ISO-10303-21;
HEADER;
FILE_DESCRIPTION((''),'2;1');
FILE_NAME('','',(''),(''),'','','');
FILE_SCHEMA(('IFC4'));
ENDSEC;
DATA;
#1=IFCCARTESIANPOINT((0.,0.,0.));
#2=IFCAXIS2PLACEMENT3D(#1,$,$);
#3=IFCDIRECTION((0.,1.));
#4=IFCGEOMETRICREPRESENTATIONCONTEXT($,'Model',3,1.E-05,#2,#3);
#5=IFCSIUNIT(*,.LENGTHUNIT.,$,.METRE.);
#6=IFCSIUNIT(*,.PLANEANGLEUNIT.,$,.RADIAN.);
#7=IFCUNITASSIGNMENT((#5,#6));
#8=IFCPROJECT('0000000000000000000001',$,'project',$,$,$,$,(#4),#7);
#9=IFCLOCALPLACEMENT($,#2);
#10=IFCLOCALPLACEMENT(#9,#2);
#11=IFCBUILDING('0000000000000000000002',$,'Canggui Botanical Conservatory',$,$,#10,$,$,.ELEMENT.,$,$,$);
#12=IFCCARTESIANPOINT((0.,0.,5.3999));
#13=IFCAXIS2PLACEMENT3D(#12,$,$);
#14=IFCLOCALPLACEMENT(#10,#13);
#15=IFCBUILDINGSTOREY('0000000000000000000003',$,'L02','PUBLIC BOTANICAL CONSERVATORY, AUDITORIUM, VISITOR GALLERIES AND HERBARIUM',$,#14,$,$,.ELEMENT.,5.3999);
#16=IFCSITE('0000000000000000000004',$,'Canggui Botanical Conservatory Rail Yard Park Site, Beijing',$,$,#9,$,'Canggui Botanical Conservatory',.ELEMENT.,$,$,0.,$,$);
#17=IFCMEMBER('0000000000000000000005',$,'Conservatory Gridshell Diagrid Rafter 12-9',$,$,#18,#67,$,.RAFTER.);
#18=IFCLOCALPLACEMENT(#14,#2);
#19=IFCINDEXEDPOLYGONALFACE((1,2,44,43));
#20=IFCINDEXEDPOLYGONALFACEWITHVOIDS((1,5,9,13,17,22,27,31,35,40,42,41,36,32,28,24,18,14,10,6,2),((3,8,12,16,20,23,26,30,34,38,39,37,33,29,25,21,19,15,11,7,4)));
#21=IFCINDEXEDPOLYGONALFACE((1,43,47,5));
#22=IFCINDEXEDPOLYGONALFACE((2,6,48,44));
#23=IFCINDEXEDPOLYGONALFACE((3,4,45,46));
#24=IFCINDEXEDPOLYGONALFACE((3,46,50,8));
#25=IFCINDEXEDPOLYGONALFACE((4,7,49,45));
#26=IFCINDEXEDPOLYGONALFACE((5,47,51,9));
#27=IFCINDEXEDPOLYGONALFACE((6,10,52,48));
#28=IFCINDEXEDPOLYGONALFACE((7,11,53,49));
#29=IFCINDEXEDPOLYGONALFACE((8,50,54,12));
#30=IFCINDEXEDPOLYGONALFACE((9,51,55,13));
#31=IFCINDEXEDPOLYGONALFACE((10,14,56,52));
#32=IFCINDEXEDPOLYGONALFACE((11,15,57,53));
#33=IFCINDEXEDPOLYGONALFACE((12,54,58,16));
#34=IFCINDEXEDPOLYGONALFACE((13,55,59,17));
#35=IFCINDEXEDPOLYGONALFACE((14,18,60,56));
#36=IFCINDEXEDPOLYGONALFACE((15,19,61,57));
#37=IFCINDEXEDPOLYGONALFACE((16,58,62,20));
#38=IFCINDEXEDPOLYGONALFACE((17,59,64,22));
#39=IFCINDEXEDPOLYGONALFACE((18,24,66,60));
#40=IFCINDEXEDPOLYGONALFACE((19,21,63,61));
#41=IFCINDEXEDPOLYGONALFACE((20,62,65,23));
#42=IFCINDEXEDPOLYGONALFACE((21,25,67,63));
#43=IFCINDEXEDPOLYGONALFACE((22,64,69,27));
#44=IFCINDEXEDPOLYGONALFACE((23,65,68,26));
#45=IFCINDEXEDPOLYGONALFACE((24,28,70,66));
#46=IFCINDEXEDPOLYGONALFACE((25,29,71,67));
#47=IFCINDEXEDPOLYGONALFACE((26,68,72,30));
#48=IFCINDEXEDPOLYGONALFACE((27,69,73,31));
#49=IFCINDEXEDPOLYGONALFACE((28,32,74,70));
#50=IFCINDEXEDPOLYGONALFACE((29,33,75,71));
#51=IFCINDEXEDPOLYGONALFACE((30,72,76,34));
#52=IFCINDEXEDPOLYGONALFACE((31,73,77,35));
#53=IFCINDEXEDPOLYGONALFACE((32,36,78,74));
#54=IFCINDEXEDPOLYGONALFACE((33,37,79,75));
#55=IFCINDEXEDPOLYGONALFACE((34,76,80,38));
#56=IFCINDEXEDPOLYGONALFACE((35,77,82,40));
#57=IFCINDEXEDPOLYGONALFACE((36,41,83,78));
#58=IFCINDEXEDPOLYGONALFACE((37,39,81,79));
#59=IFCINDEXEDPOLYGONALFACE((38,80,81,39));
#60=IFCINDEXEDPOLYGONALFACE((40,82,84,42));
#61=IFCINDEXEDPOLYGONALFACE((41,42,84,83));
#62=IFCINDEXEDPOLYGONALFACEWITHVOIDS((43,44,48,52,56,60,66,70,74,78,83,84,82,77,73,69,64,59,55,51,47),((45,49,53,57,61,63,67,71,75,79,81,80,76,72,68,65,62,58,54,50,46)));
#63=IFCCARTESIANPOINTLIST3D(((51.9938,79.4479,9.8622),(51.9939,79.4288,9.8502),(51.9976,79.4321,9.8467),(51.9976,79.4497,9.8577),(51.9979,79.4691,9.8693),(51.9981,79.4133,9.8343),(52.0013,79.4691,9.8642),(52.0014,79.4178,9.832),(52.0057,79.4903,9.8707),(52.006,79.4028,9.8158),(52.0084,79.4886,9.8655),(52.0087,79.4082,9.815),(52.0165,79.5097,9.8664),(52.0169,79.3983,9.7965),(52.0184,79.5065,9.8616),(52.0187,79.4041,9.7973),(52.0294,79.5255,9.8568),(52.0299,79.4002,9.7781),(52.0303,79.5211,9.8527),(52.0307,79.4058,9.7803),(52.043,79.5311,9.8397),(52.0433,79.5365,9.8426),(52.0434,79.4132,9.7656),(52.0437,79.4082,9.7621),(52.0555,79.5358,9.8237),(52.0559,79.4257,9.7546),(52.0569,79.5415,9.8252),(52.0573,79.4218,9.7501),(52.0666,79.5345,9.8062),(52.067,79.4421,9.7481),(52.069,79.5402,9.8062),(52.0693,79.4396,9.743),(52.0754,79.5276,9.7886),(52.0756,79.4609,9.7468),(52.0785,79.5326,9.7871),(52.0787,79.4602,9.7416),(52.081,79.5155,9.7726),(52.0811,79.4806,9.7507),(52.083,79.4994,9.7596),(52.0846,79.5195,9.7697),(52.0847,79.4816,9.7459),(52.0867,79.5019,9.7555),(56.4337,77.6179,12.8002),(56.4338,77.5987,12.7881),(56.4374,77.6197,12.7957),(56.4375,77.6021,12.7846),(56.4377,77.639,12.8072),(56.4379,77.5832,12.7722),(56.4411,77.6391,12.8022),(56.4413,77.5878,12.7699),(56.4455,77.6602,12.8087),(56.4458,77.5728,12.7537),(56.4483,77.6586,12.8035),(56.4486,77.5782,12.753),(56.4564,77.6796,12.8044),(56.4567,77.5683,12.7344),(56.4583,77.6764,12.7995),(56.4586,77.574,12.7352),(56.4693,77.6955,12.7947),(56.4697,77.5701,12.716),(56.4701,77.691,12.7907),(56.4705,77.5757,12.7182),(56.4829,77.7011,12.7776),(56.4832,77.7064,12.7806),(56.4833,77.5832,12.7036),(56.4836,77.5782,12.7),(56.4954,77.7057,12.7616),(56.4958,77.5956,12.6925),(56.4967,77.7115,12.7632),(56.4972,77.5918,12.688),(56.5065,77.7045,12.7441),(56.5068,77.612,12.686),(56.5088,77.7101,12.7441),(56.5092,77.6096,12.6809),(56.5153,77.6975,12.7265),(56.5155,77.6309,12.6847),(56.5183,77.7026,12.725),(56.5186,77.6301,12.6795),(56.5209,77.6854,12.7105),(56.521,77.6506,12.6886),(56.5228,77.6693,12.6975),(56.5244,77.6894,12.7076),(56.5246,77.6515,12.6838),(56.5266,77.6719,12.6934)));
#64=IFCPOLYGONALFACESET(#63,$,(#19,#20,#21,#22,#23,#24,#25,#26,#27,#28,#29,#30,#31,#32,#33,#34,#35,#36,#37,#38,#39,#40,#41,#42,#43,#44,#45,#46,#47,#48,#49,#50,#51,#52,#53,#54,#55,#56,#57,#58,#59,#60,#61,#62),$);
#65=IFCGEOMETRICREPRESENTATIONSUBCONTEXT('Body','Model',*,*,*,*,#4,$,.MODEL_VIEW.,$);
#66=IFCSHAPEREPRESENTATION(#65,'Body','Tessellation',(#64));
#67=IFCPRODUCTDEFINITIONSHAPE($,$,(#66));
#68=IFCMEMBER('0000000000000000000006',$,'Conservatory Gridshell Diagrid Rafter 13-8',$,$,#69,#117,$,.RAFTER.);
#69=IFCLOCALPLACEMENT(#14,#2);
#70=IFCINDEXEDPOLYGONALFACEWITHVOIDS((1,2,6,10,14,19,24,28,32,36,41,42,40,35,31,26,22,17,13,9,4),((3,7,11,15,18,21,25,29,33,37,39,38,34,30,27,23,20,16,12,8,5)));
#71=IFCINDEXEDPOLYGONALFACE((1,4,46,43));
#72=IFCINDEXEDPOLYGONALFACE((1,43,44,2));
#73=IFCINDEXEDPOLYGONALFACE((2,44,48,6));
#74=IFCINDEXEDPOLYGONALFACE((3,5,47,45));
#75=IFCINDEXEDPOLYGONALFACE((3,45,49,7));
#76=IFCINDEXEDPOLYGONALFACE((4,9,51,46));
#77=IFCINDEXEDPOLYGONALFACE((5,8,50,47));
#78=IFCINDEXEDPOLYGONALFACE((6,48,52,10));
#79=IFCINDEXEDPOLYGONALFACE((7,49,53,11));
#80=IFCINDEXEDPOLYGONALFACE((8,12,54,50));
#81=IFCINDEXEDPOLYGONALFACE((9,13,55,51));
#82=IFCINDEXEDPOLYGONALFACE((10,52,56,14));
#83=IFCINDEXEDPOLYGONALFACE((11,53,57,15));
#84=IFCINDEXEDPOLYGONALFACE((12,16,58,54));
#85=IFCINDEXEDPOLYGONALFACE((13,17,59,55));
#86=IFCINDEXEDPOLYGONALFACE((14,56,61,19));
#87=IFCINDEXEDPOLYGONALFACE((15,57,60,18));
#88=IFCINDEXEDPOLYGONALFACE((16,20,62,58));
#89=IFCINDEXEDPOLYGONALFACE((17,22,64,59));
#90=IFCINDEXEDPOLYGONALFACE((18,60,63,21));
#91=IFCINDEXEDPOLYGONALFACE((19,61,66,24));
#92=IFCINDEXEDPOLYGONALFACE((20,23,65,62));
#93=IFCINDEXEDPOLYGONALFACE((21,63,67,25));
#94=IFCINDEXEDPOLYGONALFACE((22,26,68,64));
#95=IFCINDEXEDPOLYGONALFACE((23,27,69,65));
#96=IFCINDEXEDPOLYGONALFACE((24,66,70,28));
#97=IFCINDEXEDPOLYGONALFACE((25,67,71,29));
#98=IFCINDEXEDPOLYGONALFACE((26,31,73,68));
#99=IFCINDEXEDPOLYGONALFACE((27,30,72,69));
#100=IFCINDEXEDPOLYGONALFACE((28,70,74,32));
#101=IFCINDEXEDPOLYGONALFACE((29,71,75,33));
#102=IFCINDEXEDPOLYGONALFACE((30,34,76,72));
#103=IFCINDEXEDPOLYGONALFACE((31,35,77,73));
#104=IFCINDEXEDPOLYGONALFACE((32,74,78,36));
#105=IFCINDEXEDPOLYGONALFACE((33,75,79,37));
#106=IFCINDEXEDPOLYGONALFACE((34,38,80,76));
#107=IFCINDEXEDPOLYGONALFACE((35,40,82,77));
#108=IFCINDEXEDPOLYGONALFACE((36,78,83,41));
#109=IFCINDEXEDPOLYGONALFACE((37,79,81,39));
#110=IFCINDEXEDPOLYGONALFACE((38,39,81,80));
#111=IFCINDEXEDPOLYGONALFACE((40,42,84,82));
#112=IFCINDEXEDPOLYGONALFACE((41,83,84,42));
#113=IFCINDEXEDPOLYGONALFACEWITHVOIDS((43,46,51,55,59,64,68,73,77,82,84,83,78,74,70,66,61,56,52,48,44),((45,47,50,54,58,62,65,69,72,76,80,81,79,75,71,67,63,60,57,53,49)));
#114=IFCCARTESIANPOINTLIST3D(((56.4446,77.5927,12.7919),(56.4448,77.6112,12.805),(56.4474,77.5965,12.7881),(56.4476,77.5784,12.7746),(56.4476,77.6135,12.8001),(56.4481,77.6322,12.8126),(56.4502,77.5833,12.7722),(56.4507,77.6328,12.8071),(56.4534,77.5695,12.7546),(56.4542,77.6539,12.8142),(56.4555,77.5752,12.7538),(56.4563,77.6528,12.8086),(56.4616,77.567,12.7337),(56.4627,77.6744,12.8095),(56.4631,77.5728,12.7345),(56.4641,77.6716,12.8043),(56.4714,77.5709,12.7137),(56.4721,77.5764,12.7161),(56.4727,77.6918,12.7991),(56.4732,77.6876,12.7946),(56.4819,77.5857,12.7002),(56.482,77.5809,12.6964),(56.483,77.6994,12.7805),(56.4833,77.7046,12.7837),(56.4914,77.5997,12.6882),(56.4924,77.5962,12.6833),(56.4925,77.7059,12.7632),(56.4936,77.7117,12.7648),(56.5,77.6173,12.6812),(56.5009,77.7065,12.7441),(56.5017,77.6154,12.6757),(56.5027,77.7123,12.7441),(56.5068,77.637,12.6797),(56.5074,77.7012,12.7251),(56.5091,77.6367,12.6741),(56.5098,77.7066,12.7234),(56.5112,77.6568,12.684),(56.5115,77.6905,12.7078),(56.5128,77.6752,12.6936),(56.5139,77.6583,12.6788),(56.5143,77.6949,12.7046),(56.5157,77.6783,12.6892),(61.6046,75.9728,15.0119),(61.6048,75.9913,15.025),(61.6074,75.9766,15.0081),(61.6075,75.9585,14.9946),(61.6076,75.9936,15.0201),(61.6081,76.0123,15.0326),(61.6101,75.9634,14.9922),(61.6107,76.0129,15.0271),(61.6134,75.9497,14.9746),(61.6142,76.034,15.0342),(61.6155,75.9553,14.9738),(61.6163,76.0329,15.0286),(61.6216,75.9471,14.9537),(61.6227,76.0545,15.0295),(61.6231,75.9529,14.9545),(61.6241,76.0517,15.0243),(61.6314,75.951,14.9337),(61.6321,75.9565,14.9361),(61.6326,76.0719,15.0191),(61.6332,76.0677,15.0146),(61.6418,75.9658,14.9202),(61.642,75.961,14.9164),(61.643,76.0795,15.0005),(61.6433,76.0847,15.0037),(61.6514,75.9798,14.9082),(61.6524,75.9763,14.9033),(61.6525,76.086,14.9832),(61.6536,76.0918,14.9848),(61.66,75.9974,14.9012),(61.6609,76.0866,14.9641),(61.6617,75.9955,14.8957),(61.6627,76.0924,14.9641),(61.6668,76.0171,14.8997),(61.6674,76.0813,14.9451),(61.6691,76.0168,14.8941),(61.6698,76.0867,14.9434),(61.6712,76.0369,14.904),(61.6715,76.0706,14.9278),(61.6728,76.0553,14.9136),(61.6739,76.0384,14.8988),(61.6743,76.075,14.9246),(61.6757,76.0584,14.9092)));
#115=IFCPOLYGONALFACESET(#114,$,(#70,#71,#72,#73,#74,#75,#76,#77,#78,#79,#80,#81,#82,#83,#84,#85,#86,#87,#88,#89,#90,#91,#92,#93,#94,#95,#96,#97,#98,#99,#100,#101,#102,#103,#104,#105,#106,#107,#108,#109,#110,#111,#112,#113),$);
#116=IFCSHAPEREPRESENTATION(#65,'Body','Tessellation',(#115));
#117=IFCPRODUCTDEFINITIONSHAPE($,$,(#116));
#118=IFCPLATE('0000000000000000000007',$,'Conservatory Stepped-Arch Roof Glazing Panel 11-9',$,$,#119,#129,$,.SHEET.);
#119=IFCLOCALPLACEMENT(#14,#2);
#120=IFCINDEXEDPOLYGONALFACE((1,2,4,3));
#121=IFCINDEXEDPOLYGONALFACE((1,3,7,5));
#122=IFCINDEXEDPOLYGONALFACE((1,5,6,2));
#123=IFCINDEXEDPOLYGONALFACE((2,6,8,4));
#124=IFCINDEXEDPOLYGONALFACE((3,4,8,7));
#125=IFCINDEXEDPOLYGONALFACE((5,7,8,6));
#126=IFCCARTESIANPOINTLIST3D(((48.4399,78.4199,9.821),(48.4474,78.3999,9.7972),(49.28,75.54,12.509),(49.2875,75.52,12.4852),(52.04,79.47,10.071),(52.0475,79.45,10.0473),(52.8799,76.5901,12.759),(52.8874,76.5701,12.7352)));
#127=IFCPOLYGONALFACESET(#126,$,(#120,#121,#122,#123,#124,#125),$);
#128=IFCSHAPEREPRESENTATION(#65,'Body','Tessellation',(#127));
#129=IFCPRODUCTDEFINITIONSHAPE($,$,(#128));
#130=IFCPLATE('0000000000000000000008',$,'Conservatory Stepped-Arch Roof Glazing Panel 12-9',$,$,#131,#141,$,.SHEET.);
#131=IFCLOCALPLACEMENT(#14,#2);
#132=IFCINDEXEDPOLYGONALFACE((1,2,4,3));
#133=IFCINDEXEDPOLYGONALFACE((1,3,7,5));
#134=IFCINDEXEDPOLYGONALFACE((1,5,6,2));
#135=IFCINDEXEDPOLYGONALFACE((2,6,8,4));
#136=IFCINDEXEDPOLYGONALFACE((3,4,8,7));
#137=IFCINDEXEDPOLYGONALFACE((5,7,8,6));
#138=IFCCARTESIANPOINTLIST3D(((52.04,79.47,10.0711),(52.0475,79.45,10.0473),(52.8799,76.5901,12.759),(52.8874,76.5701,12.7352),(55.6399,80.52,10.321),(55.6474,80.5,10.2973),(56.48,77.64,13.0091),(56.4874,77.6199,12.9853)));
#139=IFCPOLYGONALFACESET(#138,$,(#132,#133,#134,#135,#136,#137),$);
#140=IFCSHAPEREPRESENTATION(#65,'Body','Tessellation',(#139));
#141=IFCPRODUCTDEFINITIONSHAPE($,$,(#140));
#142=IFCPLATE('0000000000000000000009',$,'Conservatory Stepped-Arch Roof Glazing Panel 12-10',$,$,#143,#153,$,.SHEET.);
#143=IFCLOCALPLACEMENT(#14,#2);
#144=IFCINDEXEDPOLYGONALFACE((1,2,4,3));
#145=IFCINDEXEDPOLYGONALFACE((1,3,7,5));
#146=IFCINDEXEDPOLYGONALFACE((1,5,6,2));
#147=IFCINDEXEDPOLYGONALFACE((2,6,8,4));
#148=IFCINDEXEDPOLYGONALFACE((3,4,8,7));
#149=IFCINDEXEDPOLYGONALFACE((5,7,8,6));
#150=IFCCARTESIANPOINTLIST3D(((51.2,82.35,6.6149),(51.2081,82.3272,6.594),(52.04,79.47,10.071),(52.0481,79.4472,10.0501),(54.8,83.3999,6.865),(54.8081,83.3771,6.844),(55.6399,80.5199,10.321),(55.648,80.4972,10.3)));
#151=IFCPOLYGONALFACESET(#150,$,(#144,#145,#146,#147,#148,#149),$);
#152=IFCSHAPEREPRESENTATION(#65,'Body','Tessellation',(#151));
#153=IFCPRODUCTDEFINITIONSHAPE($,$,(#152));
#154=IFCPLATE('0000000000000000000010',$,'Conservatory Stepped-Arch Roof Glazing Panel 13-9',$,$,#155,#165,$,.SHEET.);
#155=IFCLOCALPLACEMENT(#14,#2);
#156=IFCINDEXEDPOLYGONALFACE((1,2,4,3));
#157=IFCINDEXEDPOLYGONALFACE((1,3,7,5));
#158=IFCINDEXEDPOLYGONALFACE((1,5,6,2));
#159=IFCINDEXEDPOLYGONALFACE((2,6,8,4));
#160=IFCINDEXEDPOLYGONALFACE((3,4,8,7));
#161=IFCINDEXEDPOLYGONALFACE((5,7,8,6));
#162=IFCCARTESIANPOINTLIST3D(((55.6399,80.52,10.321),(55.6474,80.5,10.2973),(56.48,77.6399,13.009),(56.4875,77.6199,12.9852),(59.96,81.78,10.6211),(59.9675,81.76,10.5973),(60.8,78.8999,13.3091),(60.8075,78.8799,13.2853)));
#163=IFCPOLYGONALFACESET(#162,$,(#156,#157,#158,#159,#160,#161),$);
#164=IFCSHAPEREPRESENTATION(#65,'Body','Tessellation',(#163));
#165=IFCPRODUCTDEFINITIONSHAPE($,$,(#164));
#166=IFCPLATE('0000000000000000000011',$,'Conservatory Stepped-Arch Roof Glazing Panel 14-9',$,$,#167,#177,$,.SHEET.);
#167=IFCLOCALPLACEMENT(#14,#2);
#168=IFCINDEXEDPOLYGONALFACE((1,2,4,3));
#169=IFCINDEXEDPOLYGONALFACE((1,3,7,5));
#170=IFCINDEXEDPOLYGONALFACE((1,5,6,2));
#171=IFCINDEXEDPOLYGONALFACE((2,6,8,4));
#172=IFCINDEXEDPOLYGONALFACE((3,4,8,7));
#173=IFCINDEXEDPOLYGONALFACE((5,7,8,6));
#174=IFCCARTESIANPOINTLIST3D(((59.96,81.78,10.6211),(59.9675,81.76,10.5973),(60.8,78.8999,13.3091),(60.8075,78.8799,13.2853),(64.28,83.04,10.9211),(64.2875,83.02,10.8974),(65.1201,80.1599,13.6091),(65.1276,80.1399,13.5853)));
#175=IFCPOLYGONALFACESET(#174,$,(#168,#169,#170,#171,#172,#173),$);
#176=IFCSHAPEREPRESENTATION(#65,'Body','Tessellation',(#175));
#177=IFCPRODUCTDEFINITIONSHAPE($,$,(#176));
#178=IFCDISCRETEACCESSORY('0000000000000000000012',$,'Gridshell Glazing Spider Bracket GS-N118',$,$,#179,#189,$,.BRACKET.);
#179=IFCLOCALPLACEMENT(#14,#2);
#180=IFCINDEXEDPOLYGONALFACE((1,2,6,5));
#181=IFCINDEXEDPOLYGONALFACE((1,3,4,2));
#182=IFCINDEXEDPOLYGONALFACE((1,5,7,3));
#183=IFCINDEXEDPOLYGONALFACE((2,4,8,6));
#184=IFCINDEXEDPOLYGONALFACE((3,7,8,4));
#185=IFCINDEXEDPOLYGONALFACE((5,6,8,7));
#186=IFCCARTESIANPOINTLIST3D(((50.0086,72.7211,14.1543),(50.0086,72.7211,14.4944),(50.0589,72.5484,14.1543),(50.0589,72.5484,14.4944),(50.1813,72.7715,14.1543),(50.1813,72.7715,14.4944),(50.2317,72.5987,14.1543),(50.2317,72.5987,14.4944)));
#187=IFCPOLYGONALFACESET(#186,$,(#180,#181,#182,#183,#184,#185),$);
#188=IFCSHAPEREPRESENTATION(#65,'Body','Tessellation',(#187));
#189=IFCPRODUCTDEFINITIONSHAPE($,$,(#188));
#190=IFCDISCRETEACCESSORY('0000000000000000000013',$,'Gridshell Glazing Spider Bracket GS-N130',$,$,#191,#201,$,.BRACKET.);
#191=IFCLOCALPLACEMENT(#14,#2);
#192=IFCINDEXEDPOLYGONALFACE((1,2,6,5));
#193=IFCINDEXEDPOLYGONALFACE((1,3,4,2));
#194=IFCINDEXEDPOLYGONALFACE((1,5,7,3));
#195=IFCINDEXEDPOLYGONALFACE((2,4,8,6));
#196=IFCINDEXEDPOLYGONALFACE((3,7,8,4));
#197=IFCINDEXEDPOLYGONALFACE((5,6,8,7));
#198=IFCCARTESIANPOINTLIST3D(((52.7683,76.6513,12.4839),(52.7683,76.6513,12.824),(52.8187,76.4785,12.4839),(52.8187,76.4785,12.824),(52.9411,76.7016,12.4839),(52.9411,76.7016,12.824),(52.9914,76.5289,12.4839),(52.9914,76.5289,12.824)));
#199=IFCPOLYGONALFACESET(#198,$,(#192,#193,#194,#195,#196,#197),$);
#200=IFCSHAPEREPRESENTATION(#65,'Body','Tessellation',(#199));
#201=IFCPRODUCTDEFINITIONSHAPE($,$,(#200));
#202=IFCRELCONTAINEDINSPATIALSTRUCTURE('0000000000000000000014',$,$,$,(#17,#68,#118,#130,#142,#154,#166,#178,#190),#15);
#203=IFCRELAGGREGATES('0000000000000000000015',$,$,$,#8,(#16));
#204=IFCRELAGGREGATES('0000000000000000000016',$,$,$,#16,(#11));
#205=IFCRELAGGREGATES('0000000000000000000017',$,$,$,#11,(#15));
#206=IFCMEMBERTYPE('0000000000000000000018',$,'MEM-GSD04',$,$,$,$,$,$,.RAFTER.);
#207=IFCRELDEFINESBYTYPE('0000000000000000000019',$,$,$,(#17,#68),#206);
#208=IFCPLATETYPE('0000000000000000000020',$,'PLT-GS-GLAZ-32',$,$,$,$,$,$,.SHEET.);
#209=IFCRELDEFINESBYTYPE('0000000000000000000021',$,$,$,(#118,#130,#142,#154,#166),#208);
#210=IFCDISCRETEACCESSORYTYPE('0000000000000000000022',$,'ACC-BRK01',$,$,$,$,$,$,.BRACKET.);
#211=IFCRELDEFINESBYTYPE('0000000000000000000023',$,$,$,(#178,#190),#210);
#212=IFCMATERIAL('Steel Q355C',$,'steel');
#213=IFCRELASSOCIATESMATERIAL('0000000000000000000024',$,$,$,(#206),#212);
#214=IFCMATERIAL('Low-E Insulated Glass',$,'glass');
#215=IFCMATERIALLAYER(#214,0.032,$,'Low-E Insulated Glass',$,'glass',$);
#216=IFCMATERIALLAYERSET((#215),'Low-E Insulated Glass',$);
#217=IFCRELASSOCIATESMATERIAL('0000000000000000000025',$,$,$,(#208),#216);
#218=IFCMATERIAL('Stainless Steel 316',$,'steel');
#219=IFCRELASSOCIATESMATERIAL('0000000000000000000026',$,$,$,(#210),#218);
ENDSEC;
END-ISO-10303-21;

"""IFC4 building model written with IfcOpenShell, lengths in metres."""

from ifc_helpers import new_model, si_unit, direction, frame, origin, origin_2d, place, context, subcontext, project, spatial, polyline, rectangle, hollow_circle, outline, extrude, material, layer, layer_set, material_profile, profile_set, type_object, element, save


model = new_model("IFC4")

# Units and contexts
model_context = context("Model", 3, precision=1e-05, world=origin(), true_north=direction((0.0, 1.0)))
body_context = subcontext(model_context, "Body", "Model", "MODEL_VIEW")
ifc_project = project(units=[si_unit("LENGTHUNIT", "METRE"), si_unit("PLANEANGLEUNIT", "RADIAN")], contexts=[model_context])

# Site, building, storey
site_placement = place(None, origin())
site = spatial("IfcSite", under=ifc_project, at=site_placement, Name="Canggui Botanical Conservatory Rail Yard Park Site, Beijing", LongName="Canggui Botanical Conservatory", CompositionType="ELEMENT", RefElevation=0.0)
building_placement = place(site_placement, origin())
building = spatial("IfcBuilding", under=site, at=building_placement, Name="Canggui Botanical Conservatory", CompositionType="ELEMENT")
storey_placement = place(building_placement, frame((0.0, 0.0, 5.3999)))
storey = spatial("IfcBuildingStorey", under=building, at=storey_placement, Name="L02", Description="PUBLIC BOTANICAL CONSERVATORY, AUDITORIUM, VISITOR GALLERIES AND HERBARIUM", CompositionType="ELEMENT", Elevation=5.3999)

# Shared definitions
ifc_material_1 = material(Name="Steel Q355C", Category="steel")

# Members
ifc_material_profile_1 = material_profile(ifc_material_1, hollow_circle(Radius=0.0759, WallThickness=0.0061, at=origin_2d()), Name="CHS 152x6")
ifc_profile_set_1 = profile_set([ifc_material_profile_1], Name="Steel Q355C")
member_type_1 = type_object("IfcMemberType", Name="MEM-GSD04", PredefinedType="RAFTER", material=ifc_profile_set_1)
member_1_placement = place(storey_placement, frame((52.04, 79.47, 9.8062), z_axis=(0.788657, -0.325073, 0.521869), x_axis=(0.381082, 0.924541, 0.0)))
element("IfcMember", 1, at=member_1_placement, inside=storey, type_object=member_type_1, Name="Conservatory Gridshell Diagrid Rafter 12-9", PredefinedType="RAFTER", context=body_context, shape_type="SweptSolid", body=[
    extrude(hollow_circle(Radius=0.0759, WallThickness=0.0061, at=origin_2d()), origin(), (0.0, 0.0, 1.0), 5.6296),
])
member_2_placement = place(storey_placement, frame((56.48, 77.6399, 12.7441), z_axis=(0.882624, -0.277086, 0.379735), x_axis=(0.299521, 0.95409, 0.0)))
element("IfcMember", 2, at=member_2_placement, inside=storey, type_object=member_type_1, Name="Conservatory Gridshell Diagrid Rafter 13-8", PredefinedType="RAFTER", context=body_context, shape_type="SweptSolid", body=[
    extrude(hollow_circle(Radius=0.0759, WallThickness=0.0061, at=origin_2d()), origin(), (0.0, 0.0, 1.0), 5.8462),
])

# Plates
ifc_material_2 = material(Name="Low-E Insulated Glass", Category="glass")
ifc_layer = layer(ifc_material_2, 0.032, Name="Low-E Insulated Glass", Category="glass")
ifc_layer_set = layer_set([ifc_layer], Name="Low-E Insulated Glass")
plate_type = type_object("IfcPlateType", Name="PLT-GS-GLAZ-32", PredefinedType="SHEET", material=ifc_layer_set)
plate_1_placement = place(storey_placement, frame((49.28, 75.54, 12.509), z_axis=(-0.234238, 0.625961, 0.743845), x_axis=(0.957869, 0.279397, 0.066516)))
element("IfcPlate", 3, at=plate_1_placement, inside=storey, type_object=plate_type, Name="Conservatory Stepped-Arch Roof Glazing Panel 11-9", PredefinedType="SHEET", context=body_context, shape_type="SweptSolid", body=[
    extrude(outline(polyline([(0.0, 0.0), (3.7582, 0.0), (3.5796, 4.024), (-0.1789, 4.024), (0.0, 0.0)])), origin(), (0.0, 0.0, -1.0), 0.032),
])
plate_2_placement = place(storey_placement, frame((52.8799, 76.5901, 12.759), z_axis=(-0.234215, 0.625954, 0.743858), x_axis=(0.957883, 0.279342, 0.066539)))
element("IfcPlate", 4, at=plate_2_placement, inside=storey, type_object=plate_type, Name="Conservatory Stepped-Arch Roof Glazing Panel 12-9", PredefinedType="SHEET", context=body_context, shape_type="SweptSolid", body=[
    extrude(outline(polyline([(0.0, 0.0), (3.7584, 0.0), (3.5793, 4.0242), (-0.1789, 4.024), (0.0, 0.0)])), origin(), (0.0, 0.0, -1.0), 0.032),
])
plate_3_placement = place(storey_placement, frame((52.04, 79.47, 10.071), z_axis=(-0.253149, 0.712056, 0.654898), x_axis=(0.957875, 0.27938, 0.066501)))
element("IfcPlate", 5, at=plate_3_placement, inside=storey, type_object=plate_type, Name="Conservatory Stepped-Arch Roof Glazing Panel 12-10", PredefinedType="SHEET", context=body_context, shape_type="SweptSolid", body=[
    extrude(outline(polyline([(0.0, 0.0), (3.7582, 0.0), (3.5285, 4.5706), (-0.2299, 4.5708), (0.0, 0.0)])), origin(), (0.0, 0.0, -1.0), 0.032),
])
for number, where, z_axis, x_axis, name in (
    (6, (56.48, 77.6399, 13.009), (-0.234227, 0.625929, 0.743875), (0.957874, 0.279378, 0.066529), "Conservatory Stepped-Arch Roof Glazing Panel 13-9"),
    (7, (60.8, 78.8999, 13.3091), (-0.234227, 0.625929, 0.743875), (0.957874, 0.279378, 0.066529), "Conservatory Stepped-Arch Roof Glazing Panel 14-9"),
):
    element("IfcPlate", number, at=place(storey_placement, frame(where, z_axis=z_axis, x_axis=x_axis)), inside=storey, type_object=plate_type, Name=name, PredefinedType="SHEET", context=body_context, shape_type="SweptSolid", body=[
        extrude(outline(polyline([(0.0, 0.0), (4.5101, 0.0), (4.3312, 4.0242), (-0.1789, 4.0242), (0.0, 0.0)])), origin(), (0.0, 0.0, -1.0), 0.032),
    ])

# Discrete accessories
ifc_material_3 = material(Name="Stainless Steel 316", Category="steel")
discrete_accessory_type_1 = type_object("IfcDiscreteAccessoryType", Name="ACC-BRK01", PredefinedType="BRACKET", material=ifc_material_3)
for number, where, z_axis, x_axis, name in (
    (8, (50.1201, 72.6599, 14.1543), (0.0, 0.0, 1.0), (0.96, 0.28, 0.0), "Gridshell Glazing Spider Bracket GS-N118"),
    (9, (52.8799, 76.5901, 12.4839), (0.0, 0.0, 1.0), (0.96, 0.28, 0.0), "Gridshell Glazing Spider Bracket GS-N130"),
):
    element("IfcDiscreteAccessory", number, at=place(storey_placement, frame(where, z_axis=z_axis, x_axis=x_axis)), inside=storey, type_object=discrete_accessory_type_1, Name=name, PredefinedType="BRACKET", context=body_context, shape_type="SweptSolid", body=[
        extrude(rectangle(XDim=0.1799, YDim=0.1799, at=origin_2d()), origin(), (0.0, 0.0, 1.0), 0.3401),
    ])

save(model, "model.ifc")
